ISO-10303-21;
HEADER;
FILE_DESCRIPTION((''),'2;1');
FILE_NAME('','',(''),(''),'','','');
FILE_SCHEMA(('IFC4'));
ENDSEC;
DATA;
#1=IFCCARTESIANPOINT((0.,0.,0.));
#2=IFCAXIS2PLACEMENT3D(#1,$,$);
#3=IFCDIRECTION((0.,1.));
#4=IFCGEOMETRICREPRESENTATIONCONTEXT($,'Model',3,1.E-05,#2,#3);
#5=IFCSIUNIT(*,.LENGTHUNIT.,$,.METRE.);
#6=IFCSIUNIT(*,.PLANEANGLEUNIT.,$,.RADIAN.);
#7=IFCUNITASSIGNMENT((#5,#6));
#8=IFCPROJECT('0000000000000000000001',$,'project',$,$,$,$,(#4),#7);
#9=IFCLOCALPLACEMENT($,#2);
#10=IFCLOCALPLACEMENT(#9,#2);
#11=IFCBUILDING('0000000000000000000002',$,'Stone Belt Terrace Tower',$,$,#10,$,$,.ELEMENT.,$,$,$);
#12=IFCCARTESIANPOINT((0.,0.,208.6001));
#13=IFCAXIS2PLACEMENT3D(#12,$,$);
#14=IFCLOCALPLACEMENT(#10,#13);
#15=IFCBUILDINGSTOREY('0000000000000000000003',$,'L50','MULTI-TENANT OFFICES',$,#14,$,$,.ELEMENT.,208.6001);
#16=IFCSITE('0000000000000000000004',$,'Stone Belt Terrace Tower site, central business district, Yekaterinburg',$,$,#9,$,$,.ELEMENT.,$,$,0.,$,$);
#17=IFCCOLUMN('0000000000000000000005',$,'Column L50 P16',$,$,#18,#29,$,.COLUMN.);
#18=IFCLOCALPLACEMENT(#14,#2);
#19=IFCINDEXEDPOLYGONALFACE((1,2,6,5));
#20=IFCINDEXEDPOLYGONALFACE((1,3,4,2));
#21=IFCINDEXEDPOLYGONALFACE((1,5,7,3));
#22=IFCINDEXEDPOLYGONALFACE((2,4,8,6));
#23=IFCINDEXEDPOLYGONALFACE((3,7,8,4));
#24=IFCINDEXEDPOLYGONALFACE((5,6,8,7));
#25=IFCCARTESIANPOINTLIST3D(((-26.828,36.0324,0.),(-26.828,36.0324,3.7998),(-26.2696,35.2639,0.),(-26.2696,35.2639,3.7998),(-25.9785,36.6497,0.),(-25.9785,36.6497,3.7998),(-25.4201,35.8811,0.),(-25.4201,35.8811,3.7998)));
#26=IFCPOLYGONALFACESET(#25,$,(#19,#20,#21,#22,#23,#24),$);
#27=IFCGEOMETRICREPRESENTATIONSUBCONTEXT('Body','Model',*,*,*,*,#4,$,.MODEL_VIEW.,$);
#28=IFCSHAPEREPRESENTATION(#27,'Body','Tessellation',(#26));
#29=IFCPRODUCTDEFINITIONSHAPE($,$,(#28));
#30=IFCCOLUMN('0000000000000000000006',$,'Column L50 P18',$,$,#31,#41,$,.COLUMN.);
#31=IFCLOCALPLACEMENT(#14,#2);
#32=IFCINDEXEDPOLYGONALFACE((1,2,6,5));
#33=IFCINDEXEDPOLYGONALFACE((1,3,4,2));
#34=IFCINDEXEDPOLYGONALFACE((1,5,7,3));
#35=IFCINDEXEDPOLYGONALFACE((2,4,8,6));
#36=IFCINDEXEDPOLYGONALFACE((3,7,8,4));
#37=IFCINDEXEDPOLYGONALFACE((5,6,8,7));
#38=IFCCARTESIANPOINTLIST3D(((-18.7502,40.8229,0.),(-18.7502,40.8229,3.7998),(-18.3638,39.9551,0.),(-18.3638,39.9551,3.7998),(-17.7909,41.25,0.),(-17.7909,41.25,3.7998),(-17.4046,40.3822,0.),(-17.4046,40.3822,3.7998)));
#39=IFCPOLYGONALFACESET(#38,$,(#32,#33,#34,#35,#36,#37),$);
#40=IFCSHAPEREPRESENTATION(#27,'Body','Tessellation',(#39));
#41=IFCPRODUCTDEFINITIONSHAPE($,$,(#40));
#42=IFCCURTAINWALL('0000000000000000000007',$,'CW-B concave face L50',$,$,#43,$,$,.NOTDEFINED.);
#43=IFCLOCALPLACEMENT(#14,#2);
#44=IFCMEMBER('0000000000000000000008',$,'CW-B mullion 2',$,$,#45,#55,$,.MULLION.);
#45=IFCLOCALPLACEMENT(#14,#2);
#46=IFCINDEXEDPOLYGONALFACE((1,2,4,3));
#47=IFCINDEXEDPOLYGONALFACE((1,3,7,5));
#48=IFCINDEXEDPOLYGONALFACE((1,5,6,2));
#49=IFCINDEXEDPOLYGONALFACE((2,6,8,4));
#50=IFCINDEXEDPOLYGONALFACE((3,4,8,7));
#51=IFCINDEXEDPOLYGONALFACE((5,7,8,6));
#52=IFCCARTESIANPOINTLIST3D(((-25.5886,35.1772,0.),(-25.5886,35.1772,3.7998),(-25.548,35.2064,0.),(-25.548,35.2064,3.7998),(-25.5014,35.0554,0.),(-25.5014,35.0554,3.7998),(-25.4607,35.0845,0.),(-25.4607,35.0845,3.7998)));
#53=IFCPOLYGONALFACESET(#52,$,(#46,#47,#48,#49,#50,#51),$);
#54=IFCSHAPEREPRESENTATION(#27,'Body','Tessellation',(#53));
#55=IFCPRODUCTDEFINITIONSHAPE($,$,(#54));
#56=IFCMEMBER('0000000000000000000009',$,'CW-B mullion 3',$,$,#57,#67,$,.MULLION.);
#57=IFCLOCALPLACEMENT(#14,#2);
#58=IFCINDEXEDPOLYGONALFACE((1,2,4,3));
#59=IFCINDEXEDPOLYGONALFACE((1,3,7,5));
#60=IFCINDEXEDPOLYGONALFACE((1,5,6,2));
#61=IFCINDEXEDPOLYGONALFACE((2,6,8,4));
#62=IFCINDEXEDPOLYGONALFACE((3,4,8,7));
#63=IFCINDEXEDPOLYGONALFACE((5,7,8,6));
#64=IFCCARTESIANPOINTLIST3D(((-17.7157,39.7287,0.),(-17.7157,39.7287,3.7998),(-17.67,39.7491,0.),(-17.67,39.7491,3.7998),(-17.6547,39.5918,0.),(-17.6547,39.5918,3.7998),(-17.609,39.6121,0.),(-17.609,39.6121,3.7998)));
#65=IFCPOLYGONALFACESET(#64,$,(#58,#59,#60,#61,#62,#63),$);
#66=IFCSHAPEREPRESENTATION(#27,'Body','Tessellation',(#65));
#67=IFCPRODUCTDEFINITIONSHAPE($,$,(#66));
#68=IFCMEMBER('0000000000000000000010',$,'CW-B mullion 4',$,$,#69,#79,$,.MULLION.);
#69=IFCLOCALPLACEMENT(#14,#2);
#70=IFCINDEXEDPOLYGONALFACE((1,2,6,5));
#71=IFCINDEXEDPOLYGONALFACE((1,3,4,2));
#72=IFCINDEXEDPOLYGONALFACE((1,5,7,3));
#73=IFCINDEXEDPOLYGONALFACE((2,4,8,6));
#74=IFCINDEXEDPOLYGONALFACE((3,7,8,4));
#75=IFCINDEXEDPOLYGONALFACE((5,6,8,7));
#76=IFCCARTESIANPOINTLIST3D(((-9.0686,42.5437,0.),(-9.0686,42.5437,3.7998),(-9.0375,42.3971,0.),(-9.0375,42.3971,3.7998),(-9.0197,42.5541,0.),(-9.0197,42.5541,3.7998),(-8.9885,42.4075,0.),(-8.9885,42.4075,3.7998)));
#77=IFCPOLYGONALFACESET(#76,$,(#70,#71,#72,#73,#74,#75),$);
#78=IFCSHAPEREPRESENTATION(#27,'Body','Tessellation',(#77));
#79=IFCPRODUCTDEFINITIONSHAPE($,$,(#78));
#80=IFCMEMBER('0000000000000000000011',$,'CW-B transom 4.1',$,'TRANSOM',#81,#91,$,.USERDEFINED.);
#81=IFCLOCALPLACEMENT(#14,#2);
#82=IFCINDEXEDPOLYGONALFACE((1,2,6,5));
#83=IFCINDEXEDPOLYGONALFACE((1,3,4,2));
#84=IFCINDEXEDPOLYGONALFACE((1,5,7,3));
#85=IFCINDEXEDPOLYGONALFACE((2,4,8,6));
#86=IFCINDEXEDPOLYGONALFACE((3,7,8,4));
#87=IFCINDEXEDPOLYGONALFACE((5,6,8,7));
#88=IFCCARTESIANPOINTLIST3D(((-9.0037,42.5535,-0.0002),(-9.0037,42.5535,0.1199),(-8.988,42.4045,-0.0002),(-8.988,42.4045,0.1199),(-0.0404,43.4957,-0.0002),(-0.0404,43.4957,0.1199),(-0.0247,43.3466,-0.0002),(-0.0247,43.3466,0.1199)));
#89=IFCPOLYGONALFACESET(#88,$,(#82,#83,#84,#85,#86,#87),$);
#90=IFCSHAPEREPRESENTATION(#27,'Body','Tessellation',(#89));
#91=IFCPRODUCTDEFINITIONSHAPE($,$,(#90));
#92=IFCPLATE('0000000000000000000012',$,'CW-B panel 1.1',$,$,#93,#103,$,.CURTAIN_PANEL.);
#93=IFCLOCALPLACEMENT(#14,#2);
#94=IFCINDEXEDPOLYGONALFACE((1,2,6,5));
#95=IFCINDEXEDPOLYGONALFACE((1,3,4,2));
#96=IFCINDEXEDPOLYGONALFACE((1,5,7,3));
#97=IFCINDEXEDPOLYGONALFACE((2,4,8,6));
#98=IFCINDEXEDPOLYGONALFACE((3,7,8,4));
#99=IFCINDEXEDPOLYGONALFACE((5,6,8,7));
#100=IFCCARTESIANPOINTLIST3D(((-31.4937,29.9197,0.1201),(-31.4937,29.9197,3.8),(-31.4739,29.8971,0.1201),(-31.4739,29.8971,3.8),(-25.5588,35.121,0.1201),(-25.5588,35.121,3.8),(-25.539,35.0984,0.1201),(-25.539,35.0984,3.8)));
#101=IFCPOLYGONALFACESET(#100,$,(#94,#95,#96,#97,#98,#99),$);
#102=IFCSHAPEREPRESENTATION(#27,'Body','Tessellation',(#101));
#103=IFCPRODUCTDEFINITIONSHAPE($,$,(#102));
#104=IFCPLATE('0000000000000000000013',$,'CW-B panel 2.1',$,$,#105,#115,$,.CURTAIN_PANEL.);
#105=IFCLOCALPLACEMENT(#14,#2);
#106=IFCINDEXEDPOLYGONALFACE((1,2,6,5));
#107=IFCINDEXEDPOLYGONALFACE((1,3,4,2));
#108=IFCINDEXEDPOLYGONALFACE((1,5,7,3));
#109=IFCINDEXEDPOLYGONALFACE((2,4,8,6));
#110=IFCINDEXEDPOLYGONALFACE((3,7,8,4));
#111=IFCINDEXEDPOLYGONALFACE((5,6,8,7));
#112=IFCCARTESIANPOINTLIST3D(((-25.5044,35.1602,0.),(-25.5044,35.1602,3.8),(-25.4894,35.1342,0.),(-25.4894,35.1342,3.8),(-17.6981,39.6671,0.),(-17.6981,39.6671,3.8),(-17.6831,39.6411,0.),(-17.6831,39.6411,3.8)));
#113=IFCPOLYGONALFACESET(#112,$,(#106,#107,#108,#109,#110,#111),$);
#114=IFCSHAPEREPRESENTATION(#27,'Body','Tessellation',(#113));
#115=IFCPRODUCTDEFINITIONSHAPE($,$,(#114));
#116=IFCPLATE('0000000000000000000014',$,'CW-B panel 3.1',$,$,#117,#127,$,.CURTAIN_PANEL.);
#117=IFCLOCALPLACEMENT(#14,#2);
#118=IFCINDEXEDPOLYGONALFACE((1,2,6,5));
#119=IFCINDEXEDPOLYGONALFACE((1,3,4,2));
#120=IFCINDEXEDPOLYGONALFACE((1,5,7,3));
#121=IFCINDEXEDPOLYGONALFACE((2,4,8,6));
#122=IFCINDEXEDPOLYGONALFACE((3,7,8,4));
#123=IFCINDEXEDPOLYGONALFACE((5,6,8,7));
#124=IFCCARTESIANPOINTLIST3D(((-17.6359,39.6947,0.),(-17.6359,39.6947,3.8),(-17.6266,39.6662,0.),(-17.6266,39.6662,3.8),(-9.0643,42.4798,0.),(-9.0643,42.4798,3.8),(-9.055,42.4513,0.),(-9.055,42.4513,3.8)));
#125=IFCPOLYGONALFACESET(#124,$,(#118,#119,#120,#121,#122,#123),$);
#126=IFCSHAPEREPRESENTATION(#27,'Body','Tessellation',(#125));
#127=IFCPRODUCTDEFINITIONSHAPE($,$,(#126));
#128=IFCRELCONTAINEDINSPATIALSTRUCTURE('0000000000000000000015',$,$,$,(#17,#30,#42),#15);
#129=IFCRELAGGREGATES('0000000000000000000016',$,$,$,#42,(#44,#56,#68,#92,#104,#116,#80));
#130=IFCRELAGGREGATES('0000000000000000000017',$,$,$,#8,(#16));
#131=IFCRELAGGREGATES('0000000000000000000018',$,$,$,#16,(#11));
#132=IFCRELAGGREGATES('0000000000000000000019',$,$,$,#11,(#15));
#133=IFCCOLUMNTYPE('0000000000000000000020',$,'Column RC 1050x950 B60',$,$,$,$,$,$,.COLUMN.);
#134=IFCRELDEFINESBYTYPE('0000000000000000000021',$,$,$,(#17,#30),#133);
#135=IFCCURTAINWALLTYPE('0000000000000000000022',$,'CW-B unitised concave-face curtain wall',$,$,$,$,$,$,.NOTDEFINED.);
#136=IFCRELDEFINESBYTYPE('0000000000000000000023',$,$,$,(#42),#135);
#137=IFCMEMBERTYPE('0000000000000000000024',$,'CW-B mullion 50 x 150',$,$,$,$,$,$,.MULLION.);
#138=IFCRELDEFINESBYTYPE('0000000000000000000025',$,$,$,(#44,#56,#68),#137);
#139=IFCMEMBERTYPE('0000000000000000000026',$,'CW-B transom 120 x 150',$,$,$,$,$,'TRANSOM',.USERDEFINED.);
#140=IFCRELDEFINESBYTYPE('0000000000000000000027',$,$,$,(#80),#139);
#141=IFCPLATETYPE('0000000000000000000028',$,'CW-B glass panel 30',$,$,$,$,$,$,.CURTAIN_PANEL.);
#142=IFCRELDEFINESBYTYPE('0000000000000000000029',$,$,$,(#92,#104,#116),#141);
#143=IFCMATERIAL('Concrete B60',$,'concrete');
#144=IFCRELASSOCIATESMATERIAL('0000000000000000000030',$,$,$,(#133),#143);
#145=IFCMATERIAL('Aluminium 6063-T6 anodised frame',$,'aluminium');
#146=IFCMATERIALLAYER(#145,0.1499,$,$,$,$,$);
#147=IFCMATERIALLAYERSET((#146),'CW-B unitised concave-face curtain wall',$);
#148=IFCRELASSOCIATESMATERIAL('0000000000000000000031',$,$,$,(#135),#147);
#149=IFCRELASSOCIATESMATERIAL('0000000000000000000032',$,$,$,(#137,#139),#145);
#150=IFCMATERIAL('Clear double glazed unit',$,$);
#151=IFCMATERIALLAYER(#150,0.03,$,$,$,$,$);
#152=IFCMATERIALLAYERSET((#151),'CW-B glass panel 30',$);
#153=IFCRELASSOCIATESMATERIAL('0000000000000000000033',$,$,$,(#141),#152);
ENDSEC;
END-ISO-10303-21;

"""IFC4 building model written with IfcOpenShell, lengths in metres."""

from ifc_helpers import new_model, si_unit, direction, frame, origin, origin_2d, place, context, subcontext, project, spatial, rectangle, extrude, material, layer, layer_set, material_profile, profile_set, type_object, element, aggregate, save


model = new_model("IFC4")

# Units and contexts
model_context = context("Model", 3, precision=1e-05, world=origin(), true_north=direction((0.0, 1.0)))
body_context = subcontext(model_context, "Body", "Model", "MODEL_VIEW")
ifc_project = project(units=[si_unit("LENGTHUNIT", "METRE"), si_unit("PLANEANGLEUNIT", "RADIAN")], contexts=[model_context])

# Site, building, storey
site_placement = place(None, origin())
site = spatial("IfcSite", under=ifc_project, at=site_placement, Name="Stone Belt Terrace Tower site, central business district, Yekaterinburg", CompositionType="ELEMENT", RefElevation=0.0)
building_placement = place(site_placement, origin())
building = spatial("IfcBuilding", under=site, at=building_placement, Name="Stone Belt Terrace Tower", CompositionType="ELEMENT")
storey_placement = place(building_placement, frame((0.0, 0.0, 208.6001)))
storey = spatial("IfcBuildingStorey", under=building, at=storey_placement, Name="L50", Description="MULTI-TENANT OFFICES", CompositionType="ELEMENT", Elevation=208.6001)

# Columns
ifc_material_1 = material(Name="Concrete B60", Category="concrete")
ifc_material_profile_1 = material_profile(ifc_material_1, rectangle(XDim=1.05, YDim=0.95, at=origin_2d()), Name="RC 1050x950")
ifc_profile_set_1 = profile_set([ifc_material_profile_1], Name="Concrete B60")
column_type = type_object("IfcColumnType", Name="Column RC 1050x950 B60", PredefinedType="COLUMN", material=ifc_profile_set_1)
for number, where, z_axis, x_axis, name in (
    (1, (-26.124, 35.9568, 0.0), (0.0, 0.0, 1.0), (0.809017, 0.587785, 0.0), "Column L50 P16"),
    (2, (-18.0774, 40.6025, 0.0), (0.0, 0.0, 1.0), (0.913545, 0.406737, 0.0), "Column L50 P18"),
):
    element("IfcColumn", number, at=place(storey_placement, frame(where, z_axis=z_axis, x_axis=x_axis)), inside=storey, type_object=column_type, Name=name, PredefinedType="COLUMN", context=body_context, shape_type="SweptSolid", body=[
        extrude(rectangle(XDim=1.05, YDim=0.95, at=origin_2d()), origin(), (0.0, 0.0, 1.0), 3.7998),
    ])

# Curtain wall, members, plates
ifc_material_2 = material(Name="Aluminium 6063-T6 anodised frame", Category="aluminium")
ifc_layer_1 = layer(ifc_material_2, 0.1499)
ifc_layer_set_1 = layer_set([ifc_layer_1], Name="CW-B unitised concave-face curtain wall")
curtain_wall_type = type_object("IfcCurtainWallType", Name="CW-B unitised concave-face curtain wall", PredefinedType="NOTDEFINED", material=ifc_layer_set_1)
curtain_wall_placement = place(storey_placement, origin())
curtain_wall = element("IfcCurtainWall", 3, at=curtain_wall_placement, inside=storey, type_object=curtain_wall_type, Name="CW-B concave face L50", PredefinedType="NOTDEFINED")
ifc_material_profile_2 = material_profile(ifc_material_2, rectangle(XDim=0.1499, YDim=0.05, at=origin_2d()), Name="Aluminium 6063-T6 50x150")
ifc_profile_set_2 = profile_set([ifc_material_profile_2], Name="Aluminium 6063-T6 anodised frame")
member_type_1 = type_object("IfcMemberType", Name="CW-B mullion 50 x 150", PredefinedType="MULLION", material=ifc_profile_set_2)
member_1_placement = place(storey_placement, frame((-25.5247, 35.1309, 0.0), z_axis=(0.0, 0.0, 1.0), x_axis=(-0.582342, 0.812944, 0.0)))
member_1 = element("IfcMember", 4, at=member_1_placement, type_object=member_type_1, Name="CW-B mullion 2", PredefinedType="MULLION", context=body_context, shape_type="SweptSolid", body=[
    extrude(rectangle(XDim=0.1499, YDim=0.05, at=origin_2d()), origin(), (0.0, 0.0, 1.0), 3.7998),
])
member_2_placement = place(storey_placement, frame((-17.6624, 39.6704, 0.0), z_axis=(0.0, 0.0, 1.0), x_axis=(-0.406737, 0.913545, 0.0)))
member_2 = element("IfcMember", 5, at=member_2_placement, type_object=member_type_1, Name="CW-B mullion 3", PredefinedType="MULLION", context=body_context, shape_type="SweptSolid", body=[
    extrude(rectangle(XDim=0.1499, YDim=0.05, at=origin_2d()), origin(), (0.0, 0.0, 1.0), 3.7998),
])
member_3_placement = place(storey_placement, frame((-9.0286, 42.4756, 0.0), z_axis=(0.0, 0.0, 1.0), x_axis=(-0.207912, 0.978148, 0.0)))
member_3 = element("IfcMember", 6, at=member_3_placement, type_object=member_type_1, Name="CW-B mullion 4", PredefinedType="MULLION", context=body_context, shape_type="SweptSolid", body=[
    extrude(rectangle(XDim=0.1499, YDim=0.05, at=origin_2d()), origin(), (0.0, 0.0, 1.0), 3.7998),
])
ifc_material_profile_3 = material_profile(ifc_material_2, rectangle(XDim=0.1499, YDim=0.1201, at=origin_2d()), Name="Aluminium 6063-T6 150x120")
ifc_profile_set_3 = profile_set([ifc_material_profile_3], Name="Aluminium 6063-T6 anodised frame")
member_type_2 = type_object("IfcMemberType", Name="CW-B transom 120 x 150", ElementType="TRANSOM", PredefinedType="USERDEFINED", material=ifc_profile_set_3)
member_4_placement = place(storey_placement, frame((-8.9958, 42.479, 0.0598), z_axis=(0.994521, 0.104534, 0.0), x_axis=(-0.104534, 0.994521, 0.0)))
member_4 = element("IfcMember", 7, at=member_4_placement, type_object=member_type_2, Name="CW-B transom 4.1", ObjectType="TRANSOM", PredefinedType="USERDEFINED", context=body_context, shape_type="SweptSolid", body=[
    extrude(rectangle(XDim=0.1499, YDim=0.1201, at=origin_2d()), origin(), (0.0, 0.0, 1.0), 9.0127),
])
ifc_material_3 = material(Name="Clear double glazed unit")
ifc_layer_2 = layer(ifc_material_3, 0.03)
ifc_layer_set_2 = layer_set([ifc_layer_2], Name="CW-B glass panel 30")
plate_type = type_object("IfcPlateType", Name="CW-B glass panel 30", PredefinedType="CURTAIN_PANEL", material=ifc_layer_set_2)
plate_1_placement = place(storey_placement, frame((-28.5164, 32.509, 0.1201), z_axis=(0.0, 0.0, 1.0), x_axis=(0.75206, 0.659094, 0.0)))
plate_1 = element("IfcPlate", 8, at=plate_1_placement, type_object=plate_type, Name="CW-B panel 1.1", PredefinedType="CURTAIN_PANEL", context=body_context, shape_type="SweptSolid", body=[
    extrude(rectangle(XDim=7.8916, YDim=0.03, at=origin_2d()), origin(), (0.0, 0.0, 1.0), 3.6799),
])
plate_2_placement = place(storey_placement, frame((-21.5938, 37.4006, 0.0), z_axis=(0.0, 0.0, 1.0), x_axis=(0.866025, 0.5, 0.0)))
plate_2 = element("IfcPlate", 9, at=plate_2_placement, type_object=plate_type, Name="CW-B panel 2.1", PredefinedType="CURTAIN_PANEL", context=body_context, shape_type="SweptSolid", body=[
    extrude(rectangle(XDim=9.0139, YDim=0.03, at=origin_2d()), origin(), (0.0, 0.0, 1.0), 3.8),
])
plate_3_placement = place(storey_placement, frame((-13.3455, 41.073, 0.0), z_axis=(0.0, 0.0, 1.0), x_axis=(0.951057, 0.309017, 0.0)))
plate_3 = element("IfcPlate", 10, at=plate_3_placement, type_object=plate_type, Name="CW-B panel 3.1", PredefinedType="CURTAIN_PANEL", context=body_context, shape_type="SweptSolid", body=[
    extrude(rectangle(XDim=9.0127, YDim=0.03, at=origin_2d()), origin(), (0.0, 0.0, 1.0), 3.8),
])
aggregate(curtain_wall, [member_1, member_2, member_3, plate_1, plate_2, plate_3, member_4])

save(model, "model.ifc")
